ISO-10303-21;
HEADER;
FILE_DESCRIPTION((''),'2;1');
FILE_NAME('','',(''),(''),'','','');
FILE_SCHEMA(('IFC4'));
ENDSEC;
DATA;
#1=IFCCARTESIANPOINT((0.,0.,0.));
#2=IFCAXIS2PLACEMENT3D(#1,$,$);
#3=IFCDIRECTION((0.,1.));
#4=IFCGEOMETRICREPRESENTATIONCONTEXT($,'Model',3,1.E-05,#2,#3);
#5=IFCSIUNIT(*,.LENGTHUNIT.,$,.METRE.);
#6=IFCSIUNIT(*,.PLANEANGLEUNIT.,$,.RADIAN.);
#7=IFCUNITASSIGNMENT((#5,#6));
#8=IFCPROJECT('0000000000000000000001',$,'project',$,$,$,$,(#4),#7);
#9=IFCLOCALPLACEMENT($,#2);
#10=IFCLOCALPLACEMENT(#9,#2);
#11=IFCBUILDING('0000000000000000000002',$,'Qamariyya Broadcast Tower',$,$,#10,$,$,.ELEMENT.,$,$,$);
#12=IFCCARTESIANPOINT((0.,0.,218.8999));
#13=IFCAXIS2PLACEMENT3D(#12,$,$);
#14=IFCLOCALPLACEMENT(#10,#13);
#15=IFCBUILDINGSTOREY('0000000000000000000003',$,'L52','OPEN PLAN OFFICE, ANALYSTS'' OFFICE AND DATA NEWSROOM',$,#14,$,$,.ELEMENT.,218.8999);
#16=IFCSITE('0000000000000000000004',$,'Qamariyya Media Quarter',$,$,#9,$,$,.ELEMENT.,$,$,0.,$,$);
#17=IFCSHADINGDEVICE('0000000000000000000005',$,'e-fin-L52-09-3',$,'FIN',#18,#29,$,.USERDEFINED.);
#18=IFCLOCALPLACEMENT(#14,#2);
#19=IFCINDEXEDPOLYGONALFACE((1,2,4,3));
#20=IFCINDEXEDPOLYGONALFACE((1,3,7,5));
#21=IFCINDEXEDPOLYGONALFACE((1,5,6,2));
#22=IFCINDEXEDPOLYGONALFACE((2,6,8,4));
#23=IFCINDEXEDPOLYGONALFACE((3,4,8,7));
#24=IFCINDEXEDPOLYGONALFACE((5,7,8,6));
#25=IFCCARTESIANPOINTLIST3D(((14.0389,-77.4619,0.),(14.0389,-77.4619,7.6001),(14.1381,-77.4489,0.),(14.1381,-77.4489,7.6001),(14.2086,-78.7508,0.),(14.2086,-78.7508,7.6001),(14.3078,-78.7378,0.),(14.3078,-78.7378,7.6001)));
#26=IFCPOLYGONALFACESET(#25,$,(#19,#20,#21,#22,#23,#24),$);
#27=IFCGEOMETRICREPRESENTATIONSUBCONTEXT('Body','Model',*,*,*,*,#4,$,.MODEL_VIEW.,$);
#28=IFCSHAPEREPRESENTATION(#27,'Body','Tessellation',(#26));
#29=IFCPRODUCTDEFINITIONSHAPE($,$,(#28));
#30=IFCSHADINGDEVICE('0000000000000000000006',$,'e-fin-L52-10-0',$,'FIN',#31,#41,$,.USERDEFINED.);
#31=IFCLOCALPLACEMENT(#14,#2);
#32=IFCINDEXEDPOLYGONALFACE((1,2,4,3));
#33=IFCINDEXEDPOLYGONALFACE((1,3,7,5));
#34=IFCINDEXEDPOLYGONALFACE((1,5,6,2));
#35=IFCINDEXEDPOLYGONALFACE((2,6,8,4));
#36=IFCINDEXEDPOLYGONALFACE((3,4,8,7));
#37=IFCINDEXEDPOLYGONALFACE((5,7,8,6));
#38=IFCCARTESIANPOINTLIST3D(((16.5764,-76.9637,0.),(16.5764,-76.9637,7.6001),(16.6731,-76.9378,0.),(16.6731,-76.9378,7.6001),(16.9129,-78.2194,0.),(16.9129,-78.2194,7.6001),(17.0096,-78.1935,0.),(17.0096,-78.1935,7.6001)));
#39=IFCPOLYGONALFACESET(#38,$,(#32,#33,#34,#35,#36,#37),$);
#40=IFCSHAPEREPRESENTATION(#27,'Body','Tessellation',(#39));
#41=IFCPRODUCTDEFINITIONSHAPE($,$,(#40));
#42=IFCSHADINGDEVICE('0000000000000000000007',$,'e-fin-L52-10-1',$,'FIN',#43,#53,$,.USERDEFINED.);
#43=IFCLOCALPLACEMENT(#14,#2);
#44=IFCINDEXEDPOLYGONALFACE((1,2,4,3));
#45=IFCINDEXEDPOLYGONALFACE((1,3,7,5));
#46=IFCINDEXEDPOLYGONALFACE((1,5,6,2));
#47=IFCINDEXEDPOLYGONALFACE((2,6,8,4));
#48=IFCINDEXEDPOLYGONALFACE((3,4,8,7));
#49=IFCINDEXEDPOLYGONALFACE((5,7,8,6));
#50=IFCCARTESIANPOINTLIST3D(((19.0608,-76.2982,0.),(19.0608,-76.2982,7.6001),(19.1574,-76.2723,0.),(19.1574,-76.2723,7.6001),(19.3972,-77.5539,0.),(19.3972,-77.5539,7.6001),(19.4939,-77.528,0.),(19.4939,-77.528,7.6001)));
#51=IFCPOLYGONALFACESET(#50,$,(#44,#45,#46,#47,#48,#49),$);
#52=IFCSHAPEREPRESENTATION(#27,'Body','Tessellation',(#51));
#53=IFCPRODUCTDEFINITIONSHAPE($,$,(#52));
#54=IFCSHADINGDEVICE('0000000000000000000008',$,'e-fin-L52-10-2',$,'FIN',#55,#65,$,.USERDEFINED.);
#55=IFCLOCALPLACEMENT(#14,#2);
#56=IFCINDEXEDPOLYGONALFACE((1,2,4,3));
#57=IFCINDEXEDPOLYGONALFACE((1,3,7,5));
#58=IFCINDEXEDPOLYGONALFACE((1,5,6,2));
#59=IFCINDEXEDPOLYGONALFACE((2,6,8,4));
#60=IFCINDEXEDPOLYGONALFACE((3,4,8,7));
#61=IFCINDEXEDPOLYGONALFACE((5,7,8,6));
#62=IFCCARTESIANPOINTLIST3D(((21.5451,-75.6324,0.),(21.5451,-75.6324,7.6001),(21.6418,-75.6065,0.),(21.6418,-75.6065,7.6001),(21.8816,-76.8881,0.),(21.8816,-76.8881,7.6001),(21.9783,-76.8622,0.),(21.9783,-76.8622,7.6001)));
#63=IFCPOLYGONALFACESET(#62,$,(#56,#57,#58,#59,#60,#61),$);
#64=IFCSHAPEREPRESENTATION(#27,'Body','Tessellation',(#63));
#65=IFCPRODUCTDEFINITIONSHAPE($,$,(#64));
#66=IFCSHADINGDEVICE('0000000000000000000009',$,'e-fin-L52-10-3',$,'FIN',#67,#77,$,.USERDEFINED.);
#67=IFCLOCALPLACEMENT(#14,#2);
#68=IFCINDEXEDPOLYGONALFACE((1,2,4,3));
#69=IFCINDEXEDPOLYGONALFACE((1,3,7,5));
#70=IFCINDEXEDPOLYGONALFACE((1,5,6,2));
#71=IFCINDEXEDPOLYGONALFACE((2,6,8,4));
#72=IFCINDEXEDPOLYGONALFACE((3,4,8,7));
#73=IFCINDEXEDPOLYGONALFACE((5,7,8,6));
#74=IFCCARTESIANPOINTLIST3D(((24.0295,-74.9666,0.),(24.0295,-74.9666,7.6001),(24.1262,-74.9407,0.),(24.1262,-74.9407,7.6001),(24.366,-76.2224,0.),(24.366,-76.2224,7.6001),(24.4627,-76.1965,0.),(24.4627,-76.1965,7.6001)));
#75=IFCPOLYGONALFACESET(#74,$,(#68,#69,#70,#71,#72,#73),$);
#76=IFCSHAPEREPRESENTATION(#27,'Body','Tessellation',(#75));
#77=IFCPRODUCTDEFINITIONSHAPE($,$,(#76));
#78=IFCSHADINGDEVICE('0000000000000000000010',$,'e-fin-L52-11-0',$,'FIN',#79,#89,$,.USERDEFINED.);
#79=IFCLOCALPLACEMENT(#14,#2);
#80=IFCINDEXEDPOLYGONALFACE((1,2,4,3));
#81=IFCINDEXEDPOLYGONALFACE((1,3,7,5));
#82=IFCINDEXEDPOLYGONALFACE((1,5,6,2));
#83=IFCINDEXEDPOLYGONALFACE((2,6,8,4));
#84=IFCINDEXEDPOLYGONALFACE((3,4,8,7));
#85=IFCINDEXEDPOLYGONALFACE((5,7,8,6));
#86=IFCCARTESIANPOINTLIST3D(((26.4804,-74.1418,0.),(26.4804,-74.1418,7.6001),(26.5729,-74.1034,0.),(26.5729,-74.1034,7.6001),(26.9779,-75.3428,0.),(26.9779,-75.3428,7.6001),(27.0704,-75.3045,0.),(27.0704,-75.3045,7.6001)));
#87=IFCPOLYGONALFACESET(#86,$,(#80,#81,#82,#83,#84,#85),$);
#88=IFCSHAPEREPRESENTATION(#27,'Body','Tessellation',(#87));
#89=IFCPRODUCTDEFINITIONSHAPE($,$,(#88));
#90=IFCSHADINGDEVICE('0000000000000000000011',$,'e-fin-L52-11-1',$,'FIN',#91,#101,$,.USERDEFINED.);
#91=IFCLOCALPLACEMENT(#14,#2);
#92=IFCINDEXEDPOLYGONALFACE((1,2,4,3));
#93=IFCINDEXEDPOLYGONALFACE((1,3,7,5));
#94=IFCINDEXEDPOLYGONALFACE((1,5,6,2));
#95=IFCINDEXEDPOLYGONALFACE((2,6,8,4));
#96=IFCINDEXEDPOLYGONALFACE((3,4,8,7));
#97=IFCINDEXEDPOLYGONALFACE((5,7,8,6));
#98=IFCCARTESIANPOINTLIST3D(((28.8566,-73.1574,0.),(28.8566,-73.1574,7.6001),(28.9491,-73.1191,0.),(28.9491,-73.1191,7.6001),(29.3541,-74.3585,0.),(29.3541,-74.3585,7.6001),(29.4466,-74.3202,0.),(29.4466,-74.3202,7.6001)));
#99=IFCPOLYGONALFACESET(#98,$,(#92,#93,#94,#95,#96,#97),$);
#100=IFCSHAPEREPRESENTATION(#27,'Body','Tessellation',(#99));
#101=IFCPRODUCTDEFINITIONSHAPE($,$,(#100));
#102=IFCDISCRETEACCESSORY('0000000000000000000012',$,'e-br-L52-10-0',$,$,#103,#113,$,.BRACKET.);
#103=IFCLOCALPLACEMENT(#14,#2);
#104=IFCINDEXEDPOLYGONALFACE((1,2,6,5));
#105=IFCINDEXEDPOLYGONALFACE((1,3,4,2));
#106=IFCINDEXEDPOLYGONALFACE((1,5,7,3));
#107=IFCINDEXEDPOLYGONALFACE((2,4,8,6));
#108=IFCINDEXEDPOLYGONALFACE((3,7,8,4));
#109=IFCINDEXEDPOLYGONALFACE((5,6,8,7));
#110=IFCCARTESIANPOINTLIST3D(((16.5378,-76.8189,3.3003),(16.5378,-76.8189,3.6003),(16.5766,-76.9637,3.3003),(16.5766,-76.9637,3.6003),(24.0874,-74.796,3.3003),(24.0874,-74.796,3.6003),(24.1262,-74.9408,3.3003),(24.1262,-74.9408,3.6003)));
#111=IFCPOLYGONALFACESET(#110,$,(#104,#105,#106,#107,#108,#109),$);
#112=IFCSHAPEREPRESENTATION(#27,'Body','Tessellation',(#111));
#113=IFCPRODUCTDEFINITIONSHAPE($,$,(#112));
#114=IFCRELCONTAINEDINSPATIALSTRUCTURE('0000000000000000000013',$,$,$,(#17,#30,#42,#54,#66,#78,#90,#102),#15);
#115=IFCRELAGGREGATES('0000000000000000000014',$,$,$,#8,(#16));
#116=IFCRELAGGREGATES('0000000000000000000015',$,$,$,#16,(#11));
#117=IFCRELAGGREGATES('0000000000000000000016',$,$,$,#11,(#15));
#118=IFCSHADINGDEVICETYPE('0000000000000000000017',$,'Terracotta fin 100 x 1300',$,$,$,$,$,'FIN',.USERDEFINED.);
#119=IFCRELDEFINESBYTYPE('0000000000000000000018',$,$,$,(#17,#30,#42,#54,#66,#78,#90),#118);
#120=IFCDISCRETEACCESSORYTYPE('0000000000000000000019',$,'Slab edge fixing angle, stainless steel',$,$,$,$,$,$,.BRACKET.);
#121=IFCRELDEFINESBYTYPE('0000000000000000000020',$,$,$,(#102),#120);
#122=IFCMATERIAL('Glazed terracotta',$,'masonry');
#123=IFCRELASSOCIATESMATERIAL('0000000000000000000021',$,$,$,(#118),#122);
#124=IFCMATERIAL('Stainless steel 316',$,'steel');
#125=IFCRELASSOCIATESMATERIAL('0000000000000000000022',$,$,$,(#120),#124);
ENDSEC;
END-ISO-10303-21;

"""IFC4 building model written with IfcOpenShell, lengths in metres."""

from ifc_helpers import new_model, si_unit, direction, frame, origin, origin_2d, place, context, subcontext, project, spatial, rectangle, extrude, material, material_profile, profile_set, type_object, element, save


model = new_model("IFC4")

# Units and contexts
model_context = context("Model", 3, precision=1e-05, world=origin(), true_north=direction((0.0, 1.0)))
body_context = subcontext(model_context, "Body", "Model", "MODEL_VIEW")
ifc_project = project(units=[si_unit("LENGTHUNIT", "METRE"), si_unit("PLANEANGLEUNIT", "RADIAN")], contexts=[model_context])

# Site, building, storey
site_placement = place(None, origin())
site = spatial("IfcSite", under=ifc_project, at=site_placement, Name="Qamariyya Media Quarter", CompositionType="ELEMENT", RefElevation=0.0)
building_placement = place(site_placement, origin())
building = spatial("IfcBuilding", under=site, at=building_placement, Name="Qamariyya Broadcast Tower", CompositionType="ELEMENT")
storey_placement = place(building_placement, frame((0.0, 0.0, 218.8999)))
storey = spatial("IfcBuildingStorey", under=building, at=storey_placement, Name="L52", Description="OPEN PLAN OFFICE, ANALYSTS' OFFICE AND DATA NEWSROOM", CompositionType="ELEMENT", Elevation=218.8999)

# Shading devices
ifc_material_1 = material(Name="Glazed terracotta", Category="masonry")
ifc_material_profile_1 = material_profile(ifc_material_1, rectangle(XDim=1.3, YDim=0.1001, at=origin_2d()))
ifc_profile_set_1 = profile_set([ifc_material_profile_1], Name="Glazed terracotta")
shading_device_type_1 = type_object("IfcShadingDeviceType", Name="Terracotta fin 100 x 1300", ElementType="FIN", PredefinedType="USERDEFINED", material=ifc_profile_set_1)
for number, where, z_axis, x_axis, name in (
    (1, (14.1733, -78.0999, 0.0), (0.0, 0.0, 1.0), (0.130526, -0.991445, 0.0), "e-fin-L52-09-3"),
    (2, (16.793, -77.5786, 0.0), (0.0, 0.0, 1.0), (0.258819, -0.965926, 0.0), "e-fin-L52-10-0"),
    (3, (19.2773, -76.9131, 0.0), (0.0, 0.0, 1.0), (0.258819, -0.965926, 0.0), "e-fin-L52-10-1"),
    (4, (21.7617, -76.2473, 0.0), (0.0, 0.0, 1.0), (0.258819, -0.965926, 0.0), "e-fin-L52-10-2"),
    (5, (24.2461, -75.5815, 0.0), (0.0, 0.0, 1.0), (0.258819, -0.965926, 0.0), "e-fin-L52-10-3"),
    (6, (26.7754, -74.7231, 0.0), (0.0, 0.0, 1.0), (0.382683, -0.92388, 0.0), "e-fin-L52-11-0"),
    (7, (29.1516, -73.7388, 0.0), (0.0, 0.0, 1.0), (0.382683, -0.92388, 0.0), "e-fin-L52-11-1"),
):
    element("IfcShadingDevice", number, at=place(storey_placement, frame(where, z_axis=z_axis, x_axis=x_axis)), inside=storey, type_object=shading_device_type_1, Name=name, ObjectType="FIN", PredefinedType="USERDEFINED", context=body_context, shape_type="SweptSolid", body=[
        extrude(rectangle(XDim=1.3, YDim=0.1001, at=origin_2d()), origin(), (0.0, 0.0, 1.0), 7.6001),
    ])

# Discrete accessory
ifc_material_2 = material(Name="Stainless steel 316", Category="steel")
discrete_accessory_type = type_object("IfcDiscreteAccessoryType", Name="Slab edge fixing angle, stainless steel", PredefinedType="BRACKET", material=ifc_material_2)
discrete_accessory_placement = place(storey_placement, frame((20.332, -75.8799, 3.3003), z_axis=(0.0, 0.0, 1.0), x_axis=(0.965926, 0.258819, 0.0)))
element("IfcDiscreteAccessory", 8, at=discrete_accessory_placement, inside=storey, type_object=discrete_accessory_type, Name="e-br-L52-10-0", PredefinedType="BRACKET", context=body_context, shape_type="SweptSolid", body=[
    extrude(rectangle(XDim=7.8159, YDim=0.1499, at=origin_2d()), origin(), (0.0, 0.0, 1.0), 0.3),
])

save(model, "model.ifc")
